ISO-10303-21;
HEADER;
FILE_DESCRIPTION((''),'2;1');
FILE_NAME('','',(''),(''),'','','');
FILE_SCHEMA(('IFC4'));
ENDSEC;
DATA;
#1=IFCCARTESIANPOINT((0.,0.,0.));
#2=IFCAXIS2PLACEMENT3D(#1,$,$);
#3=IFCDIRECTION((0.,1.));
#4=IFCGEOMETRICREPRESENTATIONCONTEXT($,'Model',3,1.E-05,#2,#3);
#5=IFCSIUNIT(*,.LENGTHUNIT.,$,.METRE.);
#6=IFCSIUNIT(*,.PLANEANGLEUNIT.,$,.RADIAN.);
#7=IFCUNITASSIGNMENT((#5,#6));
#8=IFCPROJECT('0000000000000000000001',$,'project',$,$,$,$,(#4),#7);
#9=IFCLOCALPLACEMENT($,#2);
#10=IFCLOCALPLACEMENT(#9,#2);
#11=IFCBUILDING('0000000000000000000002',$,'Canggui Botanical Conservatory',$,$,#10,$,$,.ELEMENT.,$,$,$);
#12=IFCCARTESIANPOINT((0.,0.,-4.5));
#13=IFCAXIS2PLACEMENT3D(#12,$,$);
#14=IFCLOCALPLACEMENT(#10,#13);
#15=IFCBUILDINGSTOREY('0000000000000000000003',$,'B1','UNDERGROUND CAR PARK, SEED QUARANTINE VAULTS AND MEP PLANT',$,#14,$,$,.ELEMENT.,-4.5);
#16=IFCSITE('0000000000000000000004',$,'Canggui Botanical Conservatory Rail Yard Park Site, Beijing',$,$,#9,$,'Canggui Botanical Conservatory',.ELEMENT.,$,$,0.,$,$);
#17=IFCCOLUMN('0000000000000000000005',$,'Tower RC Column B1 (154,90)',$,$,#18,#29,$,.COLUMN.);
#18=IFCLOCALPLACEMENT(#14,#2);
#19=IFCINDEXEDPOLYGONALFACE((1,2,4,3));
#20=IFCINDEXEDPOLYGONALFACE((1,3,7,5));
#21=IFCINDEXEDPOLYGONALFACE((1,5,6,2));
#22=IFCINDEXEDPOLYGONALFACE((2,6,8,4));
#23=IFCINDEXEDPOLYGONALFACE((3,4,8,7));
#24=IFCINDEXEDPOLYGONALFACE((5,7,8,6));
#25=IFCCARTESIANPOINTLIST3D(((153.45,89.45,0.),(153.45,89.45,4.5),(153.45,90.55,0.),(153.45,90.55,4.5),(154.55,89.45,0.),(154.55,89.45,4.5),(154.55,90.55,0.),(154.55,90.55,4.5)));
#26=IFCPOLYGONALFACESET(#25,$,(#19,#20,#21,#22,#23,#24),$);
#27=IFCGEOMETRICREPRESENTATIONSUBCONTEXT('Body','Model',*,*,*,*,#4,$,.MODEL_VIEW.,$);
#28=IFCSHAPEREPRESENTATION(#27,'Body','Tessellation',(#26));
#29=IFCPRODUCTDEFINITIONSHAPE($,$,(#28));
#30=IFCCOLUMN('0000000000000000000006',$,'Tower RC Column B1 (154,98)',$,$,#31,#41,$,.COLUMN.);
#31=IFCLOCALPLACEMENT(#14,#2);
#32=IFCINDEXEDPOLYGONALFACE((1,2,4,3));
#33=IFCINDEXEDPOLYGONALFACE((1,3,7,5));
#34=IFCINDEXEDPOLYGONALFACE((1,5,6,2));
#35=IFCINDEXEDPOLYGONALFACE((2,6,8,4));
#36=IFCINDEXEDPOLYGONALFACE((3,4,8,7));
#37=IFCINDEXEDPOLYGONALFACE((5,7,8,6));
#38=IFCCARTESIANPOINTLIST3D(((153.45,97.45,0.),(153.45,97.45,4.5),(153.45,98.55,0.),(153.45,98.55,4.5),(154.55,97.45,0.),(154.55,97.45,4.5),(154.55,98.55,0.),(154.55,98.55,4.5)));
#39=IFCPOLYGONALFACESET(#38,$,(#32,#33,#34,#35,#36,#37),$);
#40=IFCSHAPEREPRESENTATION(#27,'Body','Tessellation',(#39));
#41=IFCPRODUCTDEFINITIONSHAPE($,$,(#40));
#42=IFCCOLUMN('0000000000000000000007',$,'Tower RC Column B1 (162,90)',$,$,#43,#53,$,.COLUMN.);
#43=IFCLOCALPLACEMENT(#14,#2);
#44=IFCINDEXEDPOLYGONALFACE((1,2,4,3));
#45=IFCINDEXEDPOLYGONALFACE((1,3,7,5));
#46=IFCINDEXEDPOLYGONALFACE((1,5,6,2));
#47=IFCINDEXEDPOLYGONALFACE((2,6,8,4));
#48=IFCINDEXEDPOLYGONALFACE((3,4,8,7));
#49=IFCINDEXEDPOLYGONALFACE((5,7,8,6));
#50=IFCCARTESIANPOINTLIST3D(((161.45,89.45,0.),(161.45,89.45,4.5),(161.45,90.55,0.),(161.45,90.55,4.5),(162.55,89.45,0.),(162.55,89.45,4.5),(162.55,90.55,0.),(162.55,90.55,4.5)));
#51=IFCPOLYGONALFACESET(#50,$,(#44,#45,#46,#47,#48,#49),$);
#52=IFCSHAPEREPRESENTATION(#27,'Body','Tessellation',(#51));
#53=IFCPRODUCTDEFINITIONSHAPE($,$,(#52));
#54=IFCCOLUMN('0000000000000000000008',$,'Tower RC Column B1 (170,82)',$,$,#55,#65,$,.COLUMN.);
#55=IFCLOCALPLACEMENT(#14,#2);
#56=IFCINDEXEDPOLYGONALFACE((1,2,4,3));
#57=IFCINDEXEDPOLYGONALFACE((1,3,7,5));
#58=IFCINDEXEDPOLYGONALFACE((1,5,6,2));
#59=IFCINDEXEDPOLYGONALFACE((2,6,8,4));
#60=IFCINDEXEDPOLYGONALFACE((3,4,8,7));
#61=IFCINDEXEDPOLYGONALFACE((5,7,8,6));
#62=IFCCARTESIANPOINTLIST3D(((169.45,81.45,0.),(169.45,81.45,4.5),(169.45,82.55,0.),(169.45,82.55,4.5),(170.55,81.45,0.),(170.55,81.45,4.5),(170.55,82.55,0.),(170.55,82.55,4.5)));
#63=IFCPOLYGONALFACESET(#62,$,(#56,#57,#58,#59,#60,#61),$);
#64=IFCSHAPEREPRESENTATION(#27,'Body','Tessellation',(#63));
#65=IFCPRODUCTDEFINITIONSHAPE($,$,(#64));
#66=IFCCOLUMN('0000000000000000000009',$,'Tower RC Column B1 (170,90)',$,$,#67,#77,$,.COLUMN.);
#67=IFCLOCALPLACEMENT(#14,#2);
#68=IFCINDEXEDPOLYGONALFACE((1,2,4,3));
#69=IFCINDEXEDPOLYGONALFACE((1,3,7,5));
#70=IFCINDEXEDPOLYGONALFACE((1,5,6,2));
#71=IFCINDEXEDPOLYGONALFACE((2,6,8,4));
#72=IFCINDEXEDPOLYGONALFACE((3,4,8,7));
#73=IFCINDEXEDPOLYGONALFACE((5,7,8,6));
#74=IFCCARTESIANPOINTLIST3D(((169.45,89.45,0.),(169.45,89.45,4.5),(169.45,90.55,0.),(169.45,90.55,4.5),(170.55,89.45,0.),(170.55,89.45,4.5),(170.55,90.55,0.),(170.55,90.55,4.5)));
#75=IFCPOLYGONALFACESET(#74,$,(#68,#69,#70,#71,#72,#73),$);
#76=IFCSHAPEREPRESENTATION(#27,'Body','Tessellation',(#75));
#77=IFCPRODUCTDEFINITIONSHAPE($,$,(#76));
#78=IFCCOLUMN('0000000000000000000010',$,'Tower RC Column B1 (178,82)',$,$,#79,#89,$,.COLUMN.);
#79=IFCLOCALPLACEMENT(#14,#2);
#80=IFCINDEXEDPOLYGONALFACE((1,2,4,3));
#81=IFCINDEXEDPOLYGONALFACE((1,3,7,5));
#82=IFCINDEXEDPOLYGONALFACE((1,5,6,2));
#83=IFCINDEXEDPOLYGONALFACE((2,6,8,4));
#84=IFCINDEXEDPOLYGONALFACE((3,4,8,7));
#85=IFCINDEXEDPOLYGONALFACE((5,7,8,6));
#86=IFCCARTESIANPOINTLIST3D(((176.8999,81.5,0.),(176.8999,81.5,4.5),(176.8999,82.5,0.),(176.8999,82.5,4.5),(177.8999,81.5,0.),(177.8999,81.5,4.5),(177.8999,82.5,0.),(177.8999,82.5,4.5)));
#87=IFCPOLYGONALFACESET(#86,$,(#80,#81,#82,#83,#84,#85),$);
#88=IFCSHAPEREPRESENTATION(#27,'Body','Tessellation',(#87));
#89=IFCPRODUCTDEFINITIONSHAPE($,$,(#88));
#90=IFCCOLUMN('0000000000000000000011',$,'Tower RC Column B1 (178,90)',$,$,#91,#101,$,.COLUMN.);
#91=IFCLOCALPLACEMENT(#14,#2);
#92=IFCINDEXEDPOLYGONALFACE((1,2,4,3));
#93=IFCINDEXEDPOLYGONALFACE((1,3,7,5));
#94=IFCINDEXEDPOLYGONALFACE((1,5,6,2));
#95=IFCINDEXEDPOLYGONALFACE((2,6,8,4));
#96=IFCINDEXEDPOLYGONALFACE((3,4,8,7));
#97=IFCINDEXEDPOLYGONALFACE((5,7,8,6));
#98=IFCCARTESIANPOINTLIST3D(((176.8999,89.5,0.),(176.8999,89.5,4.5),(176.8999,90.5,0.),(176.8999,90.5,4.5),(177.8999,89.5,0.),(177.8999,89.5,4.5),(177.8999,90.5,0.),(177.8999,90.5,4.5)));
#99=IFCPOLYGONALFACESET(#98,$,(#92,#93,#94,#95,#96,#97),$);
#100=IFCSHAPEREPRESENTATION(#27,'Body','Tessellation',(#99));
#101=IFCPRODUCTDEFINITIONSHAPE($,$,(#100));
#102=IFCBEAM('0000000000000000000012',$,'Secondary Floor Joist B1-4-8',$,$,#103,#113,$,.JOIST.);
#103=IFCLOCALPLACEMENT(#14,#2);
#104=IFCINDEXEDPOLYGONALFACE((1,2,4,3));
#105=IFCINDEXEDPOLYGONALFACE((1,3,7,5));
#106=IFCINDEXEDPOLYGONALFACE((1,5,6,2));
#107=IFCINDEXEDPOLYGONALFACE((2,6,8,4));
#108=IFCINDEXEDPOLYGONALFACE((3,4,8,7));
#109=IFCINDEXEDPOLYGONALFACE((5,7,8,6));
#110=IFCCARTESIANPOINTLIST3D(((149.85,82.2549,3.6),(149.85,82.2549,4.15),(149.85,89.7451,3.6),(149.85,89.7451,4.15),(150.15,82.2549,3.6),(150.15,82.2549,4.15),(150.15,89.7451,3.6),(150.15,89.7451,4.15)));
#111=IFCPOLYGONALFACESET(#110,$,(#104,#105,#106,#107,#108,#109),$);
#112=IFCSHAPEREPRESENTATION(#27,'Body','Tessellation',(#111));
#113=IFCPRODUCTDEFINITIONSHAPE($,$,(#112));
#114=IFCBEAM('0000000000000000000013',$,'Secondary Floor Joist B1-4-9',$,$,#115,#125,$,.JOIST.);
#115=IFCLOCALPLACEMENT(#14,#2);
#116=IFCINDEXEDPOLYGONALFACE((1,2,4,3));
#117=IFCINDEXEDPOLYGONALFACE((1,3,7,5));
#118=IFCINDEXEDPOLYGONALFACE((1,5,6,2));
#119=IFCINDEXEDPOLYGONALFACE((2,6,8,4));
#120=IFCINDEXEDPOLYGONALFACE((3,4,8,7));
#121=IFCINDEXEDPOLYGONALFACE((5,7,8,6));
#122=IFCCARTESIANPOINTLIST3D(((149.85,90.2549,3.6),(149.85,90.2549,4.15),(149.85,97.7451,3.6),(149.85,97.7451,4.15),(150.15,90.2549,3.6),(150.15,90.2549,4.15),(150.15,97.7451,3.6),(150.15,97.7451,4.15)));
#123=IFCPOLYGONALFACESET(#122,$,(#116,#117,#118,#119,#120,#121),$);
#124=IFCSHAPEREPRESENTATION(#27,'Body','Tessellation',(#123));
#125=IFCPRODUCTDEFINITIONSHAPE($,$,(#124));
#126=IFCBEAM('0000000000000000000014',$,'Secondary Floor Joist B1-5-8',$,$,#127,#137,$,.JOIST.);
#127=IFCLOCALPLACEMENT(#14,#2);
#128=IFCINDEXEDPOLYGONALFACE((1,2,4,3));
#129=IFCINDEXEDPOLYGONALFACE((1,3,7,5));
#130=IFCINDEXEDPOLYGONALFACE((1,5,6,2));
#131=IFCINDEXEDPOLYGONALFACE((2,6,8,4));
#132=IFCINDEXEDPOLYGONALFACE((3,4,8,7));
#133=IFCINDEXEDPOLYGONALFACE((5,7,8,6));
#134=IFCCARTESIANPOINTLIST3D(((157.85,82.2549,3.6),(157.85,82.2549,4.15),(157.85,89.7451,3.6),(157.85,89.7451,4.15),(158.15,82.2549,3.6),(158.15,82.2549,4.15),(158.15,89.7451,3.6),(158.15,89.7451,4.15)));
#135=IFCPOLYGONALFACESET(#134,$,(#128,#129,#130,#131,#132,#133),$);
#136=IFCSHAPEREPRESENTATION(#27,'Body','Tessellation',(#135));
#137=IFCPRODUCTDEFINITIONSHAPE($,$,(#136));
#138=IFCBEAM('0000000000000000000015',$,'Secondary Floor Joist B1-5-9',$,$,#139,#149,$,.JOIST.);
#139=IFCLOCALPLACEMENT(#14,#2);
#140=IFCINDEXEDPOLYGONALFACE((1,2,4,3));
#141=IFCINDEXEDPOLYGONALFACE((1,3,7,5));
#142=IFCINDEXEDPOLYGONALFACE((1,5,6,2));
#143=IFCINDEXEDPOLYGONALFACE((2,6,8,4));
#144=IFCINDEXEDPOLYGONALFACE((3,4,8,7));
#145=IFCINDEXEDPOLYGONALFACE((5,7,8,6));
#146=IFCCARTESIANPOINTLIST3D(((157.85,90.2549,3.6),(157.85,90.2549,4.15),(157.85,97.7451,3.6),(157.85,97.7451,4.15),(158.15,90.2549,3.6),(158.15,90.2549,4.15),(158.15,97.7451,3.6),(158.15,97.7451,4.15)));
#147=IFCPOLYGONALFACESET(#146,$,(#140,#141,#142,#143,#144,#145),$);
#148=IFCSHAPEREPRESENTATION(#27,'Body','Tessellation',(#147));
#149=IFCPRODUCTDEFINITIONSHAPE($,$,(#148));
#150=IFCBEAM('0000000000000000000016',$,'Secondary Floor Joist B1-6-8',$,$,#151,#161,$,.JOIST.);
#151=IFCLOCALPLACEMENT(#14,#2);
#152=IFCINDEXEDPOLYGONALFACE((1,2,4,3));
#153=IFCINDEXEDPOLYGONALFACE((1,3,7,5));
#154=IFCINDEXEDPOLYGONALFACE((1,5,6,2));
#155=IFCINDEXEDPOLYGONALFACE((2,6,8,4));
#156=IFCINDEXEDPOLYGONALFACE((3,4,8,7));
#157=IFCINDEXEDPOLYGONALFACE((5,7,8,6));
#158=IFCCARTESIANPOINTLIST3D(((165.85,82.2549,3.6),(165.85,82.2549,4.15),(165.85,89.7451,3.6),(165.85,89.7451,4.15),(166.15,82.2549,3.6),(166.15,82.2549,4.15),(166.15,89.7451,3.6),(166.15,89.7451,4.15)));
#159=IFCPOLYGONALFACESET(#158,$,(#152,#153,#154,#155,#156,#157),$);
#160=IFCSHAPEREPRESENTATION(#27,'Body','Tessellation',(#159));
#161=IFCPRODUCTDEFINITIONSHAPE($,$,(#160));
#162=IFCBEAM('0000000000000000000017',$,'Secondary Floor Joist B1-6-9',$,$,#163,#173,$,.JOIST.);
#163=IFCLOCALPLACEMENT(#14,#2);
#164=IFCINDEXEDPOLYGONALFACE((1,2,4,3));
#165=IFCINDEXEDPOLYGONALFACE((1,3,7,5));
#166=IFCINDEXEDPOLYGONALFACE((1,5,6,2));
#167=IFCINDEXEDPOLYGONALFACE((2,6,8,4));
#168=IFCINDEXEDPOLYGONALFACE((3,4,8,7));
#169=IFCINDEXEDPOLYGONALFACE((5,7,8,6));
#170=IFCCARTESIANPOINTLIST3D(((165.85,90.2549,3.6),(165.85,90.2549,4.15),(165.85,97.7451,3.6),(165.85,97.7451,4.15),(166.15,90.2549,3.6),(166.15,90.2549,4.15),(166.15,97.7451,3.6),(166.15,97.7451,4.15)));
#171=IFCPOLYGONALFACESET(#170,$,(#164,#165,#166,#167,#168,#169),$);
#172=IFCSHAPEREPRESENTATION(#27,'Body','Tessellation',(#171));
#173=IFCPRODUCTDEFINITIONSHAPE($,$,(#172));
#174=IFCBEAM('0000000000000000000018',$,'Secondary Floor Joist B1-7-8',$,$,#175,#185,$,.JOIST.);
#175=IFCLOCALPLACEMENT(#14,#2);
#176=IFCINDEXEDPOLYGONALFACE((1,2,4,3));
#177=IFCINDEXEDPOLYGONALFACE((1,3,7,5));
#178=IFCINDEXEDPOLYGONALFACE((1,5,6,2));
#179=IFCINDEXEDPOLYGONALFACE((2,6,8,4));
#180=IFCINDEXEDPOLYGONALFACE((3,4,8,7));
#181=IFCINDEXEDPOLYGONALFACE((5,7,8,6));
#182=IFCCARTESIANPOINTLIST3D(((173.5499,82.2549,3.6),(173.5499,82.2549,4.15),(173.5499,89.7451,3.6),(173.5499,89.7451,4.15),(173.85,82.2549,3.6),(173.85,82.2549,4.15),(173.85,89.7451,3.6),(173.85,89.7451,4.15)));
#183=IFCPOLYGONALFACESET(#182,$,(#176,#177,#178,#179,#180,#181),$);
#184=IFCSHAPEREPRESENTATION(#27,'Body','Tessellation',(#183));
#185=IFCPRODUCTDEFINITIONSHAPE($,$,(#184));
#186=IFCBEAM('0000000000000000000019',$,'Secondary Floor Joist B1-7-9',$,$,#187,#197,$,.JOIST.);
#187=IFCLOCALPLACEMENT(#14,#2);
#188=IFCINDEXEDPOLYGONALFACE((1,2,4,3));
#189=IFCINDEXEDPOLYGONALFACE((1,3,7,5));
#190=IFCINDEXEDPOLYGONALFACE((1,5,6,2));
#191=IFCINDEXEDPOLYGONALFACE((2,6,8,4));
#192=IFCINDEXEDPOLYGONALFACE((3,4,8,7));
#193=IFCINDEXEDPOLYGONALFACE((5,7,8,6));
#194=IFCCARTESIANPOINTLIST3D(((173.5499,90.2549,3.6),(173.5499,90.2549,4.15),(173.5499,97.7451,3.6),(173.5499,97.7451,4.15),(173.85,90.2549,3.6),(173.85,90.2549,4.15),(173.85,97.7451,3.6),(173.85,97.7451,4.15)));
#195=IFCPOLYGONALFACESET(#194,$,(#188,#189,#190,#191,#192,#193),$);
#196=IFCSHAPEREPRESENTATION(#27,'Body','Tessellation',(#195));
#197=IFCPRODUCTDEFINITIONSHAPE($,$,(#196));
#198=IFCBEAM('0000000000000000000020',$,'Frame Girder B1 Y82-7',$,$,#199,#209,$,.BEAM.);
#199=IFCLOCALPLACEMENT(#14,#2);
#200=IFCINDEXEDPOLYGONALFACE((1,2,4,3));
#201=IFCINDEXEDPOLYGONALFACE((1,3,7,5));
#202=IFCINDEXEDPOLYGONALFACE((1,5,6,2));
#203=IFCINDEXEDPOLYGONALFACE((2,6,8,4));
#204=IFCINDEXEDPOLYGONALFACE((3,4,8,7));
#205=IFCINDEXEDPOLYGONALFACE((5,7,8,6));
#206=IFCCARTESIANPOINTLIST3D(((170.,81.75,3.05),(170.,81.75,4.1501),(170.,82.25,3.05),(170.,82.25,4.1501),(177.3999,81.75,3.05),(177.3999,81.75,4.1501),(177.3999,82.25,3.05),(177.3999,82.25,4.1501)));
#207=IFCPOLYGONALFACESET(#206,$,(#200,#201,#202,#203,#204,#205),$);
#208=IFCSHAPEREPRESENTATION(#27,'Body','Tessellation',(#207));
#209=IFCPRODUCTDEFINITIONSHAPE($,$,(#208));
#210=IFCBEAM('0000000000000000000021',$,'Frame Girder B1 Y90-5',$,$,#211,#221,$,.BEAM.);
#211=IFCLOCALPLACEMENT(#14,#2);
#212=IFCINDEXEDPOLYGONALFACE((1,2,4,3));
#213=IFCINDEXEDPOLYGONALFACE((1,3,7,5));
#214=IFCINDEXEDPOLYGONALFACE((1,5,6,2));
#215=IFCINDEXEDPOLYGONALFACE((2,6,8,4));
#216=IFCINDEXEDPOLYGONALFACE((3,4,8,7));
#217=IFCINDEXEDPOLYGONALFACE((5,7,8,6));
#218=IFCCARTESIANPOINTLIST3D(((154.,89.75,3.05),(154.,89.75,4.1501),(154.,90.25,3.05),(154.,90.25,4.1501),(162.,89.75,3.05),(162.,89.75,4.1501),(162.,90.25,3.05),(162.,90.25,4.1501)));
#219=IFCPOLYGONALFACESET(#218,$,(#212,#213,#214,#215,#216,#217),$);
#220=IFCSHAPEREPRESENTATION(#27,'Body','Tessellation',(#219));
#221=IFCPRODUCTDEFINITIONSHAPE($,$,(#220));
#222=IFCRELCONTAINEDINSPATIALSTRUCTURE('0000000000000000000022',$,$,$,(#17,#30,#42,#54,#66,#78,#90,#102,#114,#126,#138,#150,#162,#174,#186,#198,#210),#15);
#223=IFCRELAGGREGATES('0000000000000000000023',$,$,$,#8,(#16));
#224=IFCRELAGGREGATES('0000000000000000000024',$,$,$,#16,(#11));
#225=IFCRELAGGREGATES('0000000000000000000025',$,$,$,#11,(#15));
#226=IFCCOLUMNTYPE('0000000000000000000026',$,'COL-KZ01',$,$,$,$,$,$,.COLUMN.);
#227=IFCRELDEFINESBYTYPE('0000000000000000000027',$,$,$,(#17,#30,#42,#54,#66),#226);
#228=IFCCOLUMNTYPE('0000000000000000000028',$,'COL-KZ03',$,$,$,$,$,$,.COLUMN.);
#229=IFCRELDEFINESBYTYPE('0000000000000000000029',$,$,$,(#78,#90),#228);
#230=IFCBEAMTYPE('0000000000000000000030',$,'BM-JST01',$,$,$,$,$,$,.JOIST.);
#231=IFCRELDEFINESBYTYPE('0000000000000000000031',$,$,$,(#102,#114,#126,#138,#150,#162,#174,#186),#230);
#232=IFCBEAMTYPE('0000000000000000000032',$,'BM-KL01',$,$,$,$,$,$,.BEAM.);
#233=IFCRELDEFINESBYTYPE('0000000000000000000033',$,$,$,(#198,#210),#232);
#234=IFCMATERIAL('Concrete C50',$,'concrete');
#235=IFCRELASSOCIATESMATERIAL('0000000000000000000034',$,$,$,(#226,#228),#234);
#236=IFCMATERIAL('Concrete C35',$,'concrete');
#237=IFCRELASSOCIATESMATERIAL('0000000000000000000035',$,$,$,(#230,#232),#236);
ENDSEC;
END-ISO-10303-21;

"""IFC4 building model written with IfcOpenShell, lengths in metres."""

from ifc_helpers import new_model, si_unit, direction, frame, origin, origin_2d, place, context, subcontext, project, spatial, rectangle, extrude, material, material_profile, profile_set, type_object, element, save


model = new_model("IFC4")

# Units and contexts
model_context = context("Model", 3, precision=1e-05, world=origin(), true_north=direction((0.0, 1.0)))
body_context = subcontext(model_context, "Body", "Model", "MODEL_VIEW")
ifc_project = project(units=[si_unit("LENGTHUNIT", "METRE"), si_unit("PLANEANGLEUNIT", "RADIAN")], contexts=[model_context])

# Site, building, storey
site_placement = place(None, origin())
site = spatial("IfcSite", under=ifc_project, at=site_placement, Name="Canggui Botanical Conservatory Rail Yard Park Site, Beijing", LongName="Canggui Botanical Conservatory", CompositionType="ELEMENT", RefElevation=0.0)
building_placement = place(site_placement, origin())
building = spatial("IfcBuilding", under=site, at=building_placement, Name="Canggui Botanical Conservatory", CompositionType="ELEMENT")
storey_placement = place(building_placement, frame((0.0, 0.0, -4.5)))
storey = spatial("IfcBuildingStorey", under=building, at=storey_placement, Name="B1", Description="UNDERGROUND CAR PARK, SEED QUARANTINE VAULTS AND MEP PLANT", CompositionType="ELEMENT", Elevation=-4.5)

# Columns
ifc_material_1 = material(Name="Concrete C50", Category="concrete")
ifc_material_profile_1 = material_profile(ifc_material_1, rectangle(XDim=1.1001, YDim=1.1001, at=origin_2d()), Name="RC 1100x1100")
ifc_profile_set_1 = profile_set([ifc_material_profile_1], Name="Concrete C50")
column_type_1 = type_object("IfcColumnType", Name="COL-KZ01", PredefinedType="COLUMN", material=ifc_profile_set_1)
for number, where, z_axis, x_axis, name in (
    (1, (154.0, 90.0, 0.0), (0.0, 0.0, 1.0), (1.0, 0.0, 0.0), "Tower RC Column B1 (154,90)"),
    (2, (154.0, 98.0, 0.0), (0.0, 0.0, 1.0), (1.0, 0.0, 0.0), "Tower RC Column B1 (154,98)"),
    (3, (162.0, 90.0, 0.0), (0.0, 0.0, 1.0), (1.0, 0.0, 0.0), "Tower RC Column B1 (162,90)"),
    (4, (170.0, 82.0, 0.0), (0.0, 0.0, 1.0), (1.0, 0.0, 0.0), "Tower RC Column B1 (170,82)"),
    (5, (170.0, 90.0, 0.0), (0.0, 0.0, 1.0), (1.0, 0.0, 0.0), "Tower RC Column B1 (170,90)"),
):
    element("IfcColumn", number, at=place(storey_placement, frame(where, z_axis=z_axis, x_axis=x_axis)), inside=storey, type_object=column_type_1, Name=name, PredefinedType="COLUMN", context=body_context, shape_type="SweptSolid", body=[
        extrude(rectangle(XDim=1.1001, YDim=1.1001, at=origin_2d()), origin(), (0.0, 0.0, 1.0), 4.5),
    ])
ifc_material_profile_2 = material_profile(ifc_material_1, rectangle(XDim=1.0, YDim=1.0, at=origin_2d()), Name="RC 1000x1000")
ifc_profile_set_2 = profile_set([ifc_material_profile_2], Name="Concrete C50")
column_type_2 = type_object("IfcColumnType", Name="COL-KZ03", PredefinedType="COLUMN", material=ifc_profile_set_2)
for number, where, z_axis, x_axis, name in (
    (6, (177.3999, 82.0, 0.0), (0.0, 0.0, 1.0), (1.0, 0.0, 0.0), "Tower RC Column B1 (178,82)"),
    (7, (177.3999, 90.0, 0.0), (0.0, 0.0, 1.0), (1.0, 0.0, 0.0), "Tower RC Column B1 (178,90)"),
):
    element("IfcColumn", number, at=place(storey_placement, frame(where, z_axis=z_axis, x_axis=x_axis)), inside=storey, type_object=column_type_2, Name=name, PredefinedType="COLUMN", context=body_context, shape_type="SweptSolid", body=[
        extrude(rectangle(XDim=1.0, YDim=1.0, at=origin_2d()), origin(), (0.0, 0.0, 1.0), 4.5),
    ])

# Beams
ifc_material_2 = material(Name="Concrete C35", Category="concrete")
ifc_material_profile_3 = material_profile(ifc_material_2, rectangle(XDim=0.3, YDim=0.55, at=origin_2d()), Name="RB 300x550")
ifc_profile_set_3 = profile_set([ifc_material_profile_3], Name="Concrete C35")
beam_type_1 = type_object("IfcBeamType", Name="BM-JST01", PredefinedType="JOIST", material=ifc_profile_set_3)
for number, where, z_axis, x_axis, name in (
    (8, (150.0, 82.2549, 3.875), (0.0, 1.0, 0.0), (-1.0, 0.0, 0.0), "Secondary Floor Joist B1-4-8"),
    (9, (150.0, 90.2549, 3.875), (0.0, 1.0, 0.0), (-1.0, 0.0, 0.0), "Secondary Floor Joist B1-4-9"),
    (10, (158.0, 82.2549, 3.875), (0.0, 1.0, 0.0), (-1.0, 0.0, 0.0), "Secondary Floor Joist B1-5-8"),
    (11, (158.0, 90.2549, 3.875), (0.0, 1.0, 0.0), (-1.0, 0.0, 0.0), "Secondary Floor Joist B1-5-9"),
    (12, (166.0, 82.2549, 3.875), (0.0, 1.0, 0.0), (-1.0, 0.0, 0.0), "Secondary Floor Joist B1-6-8"),
    (13, (166.0, 90.2549, 3.875), (0.0, 1.0, 0.0), (-1.0, 0.0, 0.0), "Secondary Floor Joist B1-6-9"),
    (14, (173.7, 82.2549, 3.875), (0.0, 1.0, 0.0), (-1.0, 0.0, 0.0), "Secondary Floor Joist B1-7-8"),
    (15, (173.7, 90.2549, 3.875), (0.0, 1.0, 0.0), (-1.0, 0.0, 0.0), "Secondary Floor Joist B1-7-9"),
):
    element("IfcBeam", number, at=place(storey_placement, frame(where, z_axis=z_axis, x_axis=x_axis)), inside=storey, type_object=beam_type_1, Name=name, PredefinedType="JOIST", context=body_context, shape_type="SweptSolid", body=[
        extrude(rectangle(XDim=0.3, YDim=0.55, at=origin_2d()), origin(), (0.0, 0.0, 1.0), 7.4902),
    ])
ifc_material_profile_4 = material_profile(ifc_material_2, rectangle(XDim=0.5, YDim=1.1001, at=origin_2d()), Name="RB 500x1100")
ifc_profile_set_4 = profile_set([ifc_material_profile_4], Name="Concrete C35")
beam_type_2 = type_object("IfcBeamType", Name="BM-KL01", PredefinedType="BEAM", material=ifc_profile_set_4)
beam_1_placement = place(storey_placement, frame((170.0, 82.0, 3.6001), z_axis=(1.0, 0.0, 0.0), x_axis=(0.0, 1.0, 0.0)))
element("IfcBeam", 16, at=beam_1_placement, inside=storey, type_object=beam_type_2, Name="Frame Girder B1 Y82-7", PredefinedType="BEAM", context=body_context, shape_type="SweptSolid", body=[
    extrude(rectangle(XDim=0.5, YDim=1.1001, at=origin_2d()), origin(), (0.0, 0.0, 1.0), 7.3999),
])
for number, where, z_axis, x_axis, name in (
    (17, (154.0, 90.0, 3.6001), (1.0, 0.0, 0.0), (0.0, 1.0, 0.0), "Frame Girder B1 Y90-5"),
):
    element("IfcBeam", number, at=place(storey_placement, frame(where, z_axis=z_axis, x_axis=x_axis)), inside=storey, type_object=beam_type_2, Name=name, PredefinedType="BEAM", context=body_context, shape_type="SweptSolid", body=[
        extrude(rectangle(XDim=0.5, YDim=1.1001, at=origin_2d()), origin(), (0.0, 0.0, 1.0), 8.0),
    ])

save(model, "model.ifc")
